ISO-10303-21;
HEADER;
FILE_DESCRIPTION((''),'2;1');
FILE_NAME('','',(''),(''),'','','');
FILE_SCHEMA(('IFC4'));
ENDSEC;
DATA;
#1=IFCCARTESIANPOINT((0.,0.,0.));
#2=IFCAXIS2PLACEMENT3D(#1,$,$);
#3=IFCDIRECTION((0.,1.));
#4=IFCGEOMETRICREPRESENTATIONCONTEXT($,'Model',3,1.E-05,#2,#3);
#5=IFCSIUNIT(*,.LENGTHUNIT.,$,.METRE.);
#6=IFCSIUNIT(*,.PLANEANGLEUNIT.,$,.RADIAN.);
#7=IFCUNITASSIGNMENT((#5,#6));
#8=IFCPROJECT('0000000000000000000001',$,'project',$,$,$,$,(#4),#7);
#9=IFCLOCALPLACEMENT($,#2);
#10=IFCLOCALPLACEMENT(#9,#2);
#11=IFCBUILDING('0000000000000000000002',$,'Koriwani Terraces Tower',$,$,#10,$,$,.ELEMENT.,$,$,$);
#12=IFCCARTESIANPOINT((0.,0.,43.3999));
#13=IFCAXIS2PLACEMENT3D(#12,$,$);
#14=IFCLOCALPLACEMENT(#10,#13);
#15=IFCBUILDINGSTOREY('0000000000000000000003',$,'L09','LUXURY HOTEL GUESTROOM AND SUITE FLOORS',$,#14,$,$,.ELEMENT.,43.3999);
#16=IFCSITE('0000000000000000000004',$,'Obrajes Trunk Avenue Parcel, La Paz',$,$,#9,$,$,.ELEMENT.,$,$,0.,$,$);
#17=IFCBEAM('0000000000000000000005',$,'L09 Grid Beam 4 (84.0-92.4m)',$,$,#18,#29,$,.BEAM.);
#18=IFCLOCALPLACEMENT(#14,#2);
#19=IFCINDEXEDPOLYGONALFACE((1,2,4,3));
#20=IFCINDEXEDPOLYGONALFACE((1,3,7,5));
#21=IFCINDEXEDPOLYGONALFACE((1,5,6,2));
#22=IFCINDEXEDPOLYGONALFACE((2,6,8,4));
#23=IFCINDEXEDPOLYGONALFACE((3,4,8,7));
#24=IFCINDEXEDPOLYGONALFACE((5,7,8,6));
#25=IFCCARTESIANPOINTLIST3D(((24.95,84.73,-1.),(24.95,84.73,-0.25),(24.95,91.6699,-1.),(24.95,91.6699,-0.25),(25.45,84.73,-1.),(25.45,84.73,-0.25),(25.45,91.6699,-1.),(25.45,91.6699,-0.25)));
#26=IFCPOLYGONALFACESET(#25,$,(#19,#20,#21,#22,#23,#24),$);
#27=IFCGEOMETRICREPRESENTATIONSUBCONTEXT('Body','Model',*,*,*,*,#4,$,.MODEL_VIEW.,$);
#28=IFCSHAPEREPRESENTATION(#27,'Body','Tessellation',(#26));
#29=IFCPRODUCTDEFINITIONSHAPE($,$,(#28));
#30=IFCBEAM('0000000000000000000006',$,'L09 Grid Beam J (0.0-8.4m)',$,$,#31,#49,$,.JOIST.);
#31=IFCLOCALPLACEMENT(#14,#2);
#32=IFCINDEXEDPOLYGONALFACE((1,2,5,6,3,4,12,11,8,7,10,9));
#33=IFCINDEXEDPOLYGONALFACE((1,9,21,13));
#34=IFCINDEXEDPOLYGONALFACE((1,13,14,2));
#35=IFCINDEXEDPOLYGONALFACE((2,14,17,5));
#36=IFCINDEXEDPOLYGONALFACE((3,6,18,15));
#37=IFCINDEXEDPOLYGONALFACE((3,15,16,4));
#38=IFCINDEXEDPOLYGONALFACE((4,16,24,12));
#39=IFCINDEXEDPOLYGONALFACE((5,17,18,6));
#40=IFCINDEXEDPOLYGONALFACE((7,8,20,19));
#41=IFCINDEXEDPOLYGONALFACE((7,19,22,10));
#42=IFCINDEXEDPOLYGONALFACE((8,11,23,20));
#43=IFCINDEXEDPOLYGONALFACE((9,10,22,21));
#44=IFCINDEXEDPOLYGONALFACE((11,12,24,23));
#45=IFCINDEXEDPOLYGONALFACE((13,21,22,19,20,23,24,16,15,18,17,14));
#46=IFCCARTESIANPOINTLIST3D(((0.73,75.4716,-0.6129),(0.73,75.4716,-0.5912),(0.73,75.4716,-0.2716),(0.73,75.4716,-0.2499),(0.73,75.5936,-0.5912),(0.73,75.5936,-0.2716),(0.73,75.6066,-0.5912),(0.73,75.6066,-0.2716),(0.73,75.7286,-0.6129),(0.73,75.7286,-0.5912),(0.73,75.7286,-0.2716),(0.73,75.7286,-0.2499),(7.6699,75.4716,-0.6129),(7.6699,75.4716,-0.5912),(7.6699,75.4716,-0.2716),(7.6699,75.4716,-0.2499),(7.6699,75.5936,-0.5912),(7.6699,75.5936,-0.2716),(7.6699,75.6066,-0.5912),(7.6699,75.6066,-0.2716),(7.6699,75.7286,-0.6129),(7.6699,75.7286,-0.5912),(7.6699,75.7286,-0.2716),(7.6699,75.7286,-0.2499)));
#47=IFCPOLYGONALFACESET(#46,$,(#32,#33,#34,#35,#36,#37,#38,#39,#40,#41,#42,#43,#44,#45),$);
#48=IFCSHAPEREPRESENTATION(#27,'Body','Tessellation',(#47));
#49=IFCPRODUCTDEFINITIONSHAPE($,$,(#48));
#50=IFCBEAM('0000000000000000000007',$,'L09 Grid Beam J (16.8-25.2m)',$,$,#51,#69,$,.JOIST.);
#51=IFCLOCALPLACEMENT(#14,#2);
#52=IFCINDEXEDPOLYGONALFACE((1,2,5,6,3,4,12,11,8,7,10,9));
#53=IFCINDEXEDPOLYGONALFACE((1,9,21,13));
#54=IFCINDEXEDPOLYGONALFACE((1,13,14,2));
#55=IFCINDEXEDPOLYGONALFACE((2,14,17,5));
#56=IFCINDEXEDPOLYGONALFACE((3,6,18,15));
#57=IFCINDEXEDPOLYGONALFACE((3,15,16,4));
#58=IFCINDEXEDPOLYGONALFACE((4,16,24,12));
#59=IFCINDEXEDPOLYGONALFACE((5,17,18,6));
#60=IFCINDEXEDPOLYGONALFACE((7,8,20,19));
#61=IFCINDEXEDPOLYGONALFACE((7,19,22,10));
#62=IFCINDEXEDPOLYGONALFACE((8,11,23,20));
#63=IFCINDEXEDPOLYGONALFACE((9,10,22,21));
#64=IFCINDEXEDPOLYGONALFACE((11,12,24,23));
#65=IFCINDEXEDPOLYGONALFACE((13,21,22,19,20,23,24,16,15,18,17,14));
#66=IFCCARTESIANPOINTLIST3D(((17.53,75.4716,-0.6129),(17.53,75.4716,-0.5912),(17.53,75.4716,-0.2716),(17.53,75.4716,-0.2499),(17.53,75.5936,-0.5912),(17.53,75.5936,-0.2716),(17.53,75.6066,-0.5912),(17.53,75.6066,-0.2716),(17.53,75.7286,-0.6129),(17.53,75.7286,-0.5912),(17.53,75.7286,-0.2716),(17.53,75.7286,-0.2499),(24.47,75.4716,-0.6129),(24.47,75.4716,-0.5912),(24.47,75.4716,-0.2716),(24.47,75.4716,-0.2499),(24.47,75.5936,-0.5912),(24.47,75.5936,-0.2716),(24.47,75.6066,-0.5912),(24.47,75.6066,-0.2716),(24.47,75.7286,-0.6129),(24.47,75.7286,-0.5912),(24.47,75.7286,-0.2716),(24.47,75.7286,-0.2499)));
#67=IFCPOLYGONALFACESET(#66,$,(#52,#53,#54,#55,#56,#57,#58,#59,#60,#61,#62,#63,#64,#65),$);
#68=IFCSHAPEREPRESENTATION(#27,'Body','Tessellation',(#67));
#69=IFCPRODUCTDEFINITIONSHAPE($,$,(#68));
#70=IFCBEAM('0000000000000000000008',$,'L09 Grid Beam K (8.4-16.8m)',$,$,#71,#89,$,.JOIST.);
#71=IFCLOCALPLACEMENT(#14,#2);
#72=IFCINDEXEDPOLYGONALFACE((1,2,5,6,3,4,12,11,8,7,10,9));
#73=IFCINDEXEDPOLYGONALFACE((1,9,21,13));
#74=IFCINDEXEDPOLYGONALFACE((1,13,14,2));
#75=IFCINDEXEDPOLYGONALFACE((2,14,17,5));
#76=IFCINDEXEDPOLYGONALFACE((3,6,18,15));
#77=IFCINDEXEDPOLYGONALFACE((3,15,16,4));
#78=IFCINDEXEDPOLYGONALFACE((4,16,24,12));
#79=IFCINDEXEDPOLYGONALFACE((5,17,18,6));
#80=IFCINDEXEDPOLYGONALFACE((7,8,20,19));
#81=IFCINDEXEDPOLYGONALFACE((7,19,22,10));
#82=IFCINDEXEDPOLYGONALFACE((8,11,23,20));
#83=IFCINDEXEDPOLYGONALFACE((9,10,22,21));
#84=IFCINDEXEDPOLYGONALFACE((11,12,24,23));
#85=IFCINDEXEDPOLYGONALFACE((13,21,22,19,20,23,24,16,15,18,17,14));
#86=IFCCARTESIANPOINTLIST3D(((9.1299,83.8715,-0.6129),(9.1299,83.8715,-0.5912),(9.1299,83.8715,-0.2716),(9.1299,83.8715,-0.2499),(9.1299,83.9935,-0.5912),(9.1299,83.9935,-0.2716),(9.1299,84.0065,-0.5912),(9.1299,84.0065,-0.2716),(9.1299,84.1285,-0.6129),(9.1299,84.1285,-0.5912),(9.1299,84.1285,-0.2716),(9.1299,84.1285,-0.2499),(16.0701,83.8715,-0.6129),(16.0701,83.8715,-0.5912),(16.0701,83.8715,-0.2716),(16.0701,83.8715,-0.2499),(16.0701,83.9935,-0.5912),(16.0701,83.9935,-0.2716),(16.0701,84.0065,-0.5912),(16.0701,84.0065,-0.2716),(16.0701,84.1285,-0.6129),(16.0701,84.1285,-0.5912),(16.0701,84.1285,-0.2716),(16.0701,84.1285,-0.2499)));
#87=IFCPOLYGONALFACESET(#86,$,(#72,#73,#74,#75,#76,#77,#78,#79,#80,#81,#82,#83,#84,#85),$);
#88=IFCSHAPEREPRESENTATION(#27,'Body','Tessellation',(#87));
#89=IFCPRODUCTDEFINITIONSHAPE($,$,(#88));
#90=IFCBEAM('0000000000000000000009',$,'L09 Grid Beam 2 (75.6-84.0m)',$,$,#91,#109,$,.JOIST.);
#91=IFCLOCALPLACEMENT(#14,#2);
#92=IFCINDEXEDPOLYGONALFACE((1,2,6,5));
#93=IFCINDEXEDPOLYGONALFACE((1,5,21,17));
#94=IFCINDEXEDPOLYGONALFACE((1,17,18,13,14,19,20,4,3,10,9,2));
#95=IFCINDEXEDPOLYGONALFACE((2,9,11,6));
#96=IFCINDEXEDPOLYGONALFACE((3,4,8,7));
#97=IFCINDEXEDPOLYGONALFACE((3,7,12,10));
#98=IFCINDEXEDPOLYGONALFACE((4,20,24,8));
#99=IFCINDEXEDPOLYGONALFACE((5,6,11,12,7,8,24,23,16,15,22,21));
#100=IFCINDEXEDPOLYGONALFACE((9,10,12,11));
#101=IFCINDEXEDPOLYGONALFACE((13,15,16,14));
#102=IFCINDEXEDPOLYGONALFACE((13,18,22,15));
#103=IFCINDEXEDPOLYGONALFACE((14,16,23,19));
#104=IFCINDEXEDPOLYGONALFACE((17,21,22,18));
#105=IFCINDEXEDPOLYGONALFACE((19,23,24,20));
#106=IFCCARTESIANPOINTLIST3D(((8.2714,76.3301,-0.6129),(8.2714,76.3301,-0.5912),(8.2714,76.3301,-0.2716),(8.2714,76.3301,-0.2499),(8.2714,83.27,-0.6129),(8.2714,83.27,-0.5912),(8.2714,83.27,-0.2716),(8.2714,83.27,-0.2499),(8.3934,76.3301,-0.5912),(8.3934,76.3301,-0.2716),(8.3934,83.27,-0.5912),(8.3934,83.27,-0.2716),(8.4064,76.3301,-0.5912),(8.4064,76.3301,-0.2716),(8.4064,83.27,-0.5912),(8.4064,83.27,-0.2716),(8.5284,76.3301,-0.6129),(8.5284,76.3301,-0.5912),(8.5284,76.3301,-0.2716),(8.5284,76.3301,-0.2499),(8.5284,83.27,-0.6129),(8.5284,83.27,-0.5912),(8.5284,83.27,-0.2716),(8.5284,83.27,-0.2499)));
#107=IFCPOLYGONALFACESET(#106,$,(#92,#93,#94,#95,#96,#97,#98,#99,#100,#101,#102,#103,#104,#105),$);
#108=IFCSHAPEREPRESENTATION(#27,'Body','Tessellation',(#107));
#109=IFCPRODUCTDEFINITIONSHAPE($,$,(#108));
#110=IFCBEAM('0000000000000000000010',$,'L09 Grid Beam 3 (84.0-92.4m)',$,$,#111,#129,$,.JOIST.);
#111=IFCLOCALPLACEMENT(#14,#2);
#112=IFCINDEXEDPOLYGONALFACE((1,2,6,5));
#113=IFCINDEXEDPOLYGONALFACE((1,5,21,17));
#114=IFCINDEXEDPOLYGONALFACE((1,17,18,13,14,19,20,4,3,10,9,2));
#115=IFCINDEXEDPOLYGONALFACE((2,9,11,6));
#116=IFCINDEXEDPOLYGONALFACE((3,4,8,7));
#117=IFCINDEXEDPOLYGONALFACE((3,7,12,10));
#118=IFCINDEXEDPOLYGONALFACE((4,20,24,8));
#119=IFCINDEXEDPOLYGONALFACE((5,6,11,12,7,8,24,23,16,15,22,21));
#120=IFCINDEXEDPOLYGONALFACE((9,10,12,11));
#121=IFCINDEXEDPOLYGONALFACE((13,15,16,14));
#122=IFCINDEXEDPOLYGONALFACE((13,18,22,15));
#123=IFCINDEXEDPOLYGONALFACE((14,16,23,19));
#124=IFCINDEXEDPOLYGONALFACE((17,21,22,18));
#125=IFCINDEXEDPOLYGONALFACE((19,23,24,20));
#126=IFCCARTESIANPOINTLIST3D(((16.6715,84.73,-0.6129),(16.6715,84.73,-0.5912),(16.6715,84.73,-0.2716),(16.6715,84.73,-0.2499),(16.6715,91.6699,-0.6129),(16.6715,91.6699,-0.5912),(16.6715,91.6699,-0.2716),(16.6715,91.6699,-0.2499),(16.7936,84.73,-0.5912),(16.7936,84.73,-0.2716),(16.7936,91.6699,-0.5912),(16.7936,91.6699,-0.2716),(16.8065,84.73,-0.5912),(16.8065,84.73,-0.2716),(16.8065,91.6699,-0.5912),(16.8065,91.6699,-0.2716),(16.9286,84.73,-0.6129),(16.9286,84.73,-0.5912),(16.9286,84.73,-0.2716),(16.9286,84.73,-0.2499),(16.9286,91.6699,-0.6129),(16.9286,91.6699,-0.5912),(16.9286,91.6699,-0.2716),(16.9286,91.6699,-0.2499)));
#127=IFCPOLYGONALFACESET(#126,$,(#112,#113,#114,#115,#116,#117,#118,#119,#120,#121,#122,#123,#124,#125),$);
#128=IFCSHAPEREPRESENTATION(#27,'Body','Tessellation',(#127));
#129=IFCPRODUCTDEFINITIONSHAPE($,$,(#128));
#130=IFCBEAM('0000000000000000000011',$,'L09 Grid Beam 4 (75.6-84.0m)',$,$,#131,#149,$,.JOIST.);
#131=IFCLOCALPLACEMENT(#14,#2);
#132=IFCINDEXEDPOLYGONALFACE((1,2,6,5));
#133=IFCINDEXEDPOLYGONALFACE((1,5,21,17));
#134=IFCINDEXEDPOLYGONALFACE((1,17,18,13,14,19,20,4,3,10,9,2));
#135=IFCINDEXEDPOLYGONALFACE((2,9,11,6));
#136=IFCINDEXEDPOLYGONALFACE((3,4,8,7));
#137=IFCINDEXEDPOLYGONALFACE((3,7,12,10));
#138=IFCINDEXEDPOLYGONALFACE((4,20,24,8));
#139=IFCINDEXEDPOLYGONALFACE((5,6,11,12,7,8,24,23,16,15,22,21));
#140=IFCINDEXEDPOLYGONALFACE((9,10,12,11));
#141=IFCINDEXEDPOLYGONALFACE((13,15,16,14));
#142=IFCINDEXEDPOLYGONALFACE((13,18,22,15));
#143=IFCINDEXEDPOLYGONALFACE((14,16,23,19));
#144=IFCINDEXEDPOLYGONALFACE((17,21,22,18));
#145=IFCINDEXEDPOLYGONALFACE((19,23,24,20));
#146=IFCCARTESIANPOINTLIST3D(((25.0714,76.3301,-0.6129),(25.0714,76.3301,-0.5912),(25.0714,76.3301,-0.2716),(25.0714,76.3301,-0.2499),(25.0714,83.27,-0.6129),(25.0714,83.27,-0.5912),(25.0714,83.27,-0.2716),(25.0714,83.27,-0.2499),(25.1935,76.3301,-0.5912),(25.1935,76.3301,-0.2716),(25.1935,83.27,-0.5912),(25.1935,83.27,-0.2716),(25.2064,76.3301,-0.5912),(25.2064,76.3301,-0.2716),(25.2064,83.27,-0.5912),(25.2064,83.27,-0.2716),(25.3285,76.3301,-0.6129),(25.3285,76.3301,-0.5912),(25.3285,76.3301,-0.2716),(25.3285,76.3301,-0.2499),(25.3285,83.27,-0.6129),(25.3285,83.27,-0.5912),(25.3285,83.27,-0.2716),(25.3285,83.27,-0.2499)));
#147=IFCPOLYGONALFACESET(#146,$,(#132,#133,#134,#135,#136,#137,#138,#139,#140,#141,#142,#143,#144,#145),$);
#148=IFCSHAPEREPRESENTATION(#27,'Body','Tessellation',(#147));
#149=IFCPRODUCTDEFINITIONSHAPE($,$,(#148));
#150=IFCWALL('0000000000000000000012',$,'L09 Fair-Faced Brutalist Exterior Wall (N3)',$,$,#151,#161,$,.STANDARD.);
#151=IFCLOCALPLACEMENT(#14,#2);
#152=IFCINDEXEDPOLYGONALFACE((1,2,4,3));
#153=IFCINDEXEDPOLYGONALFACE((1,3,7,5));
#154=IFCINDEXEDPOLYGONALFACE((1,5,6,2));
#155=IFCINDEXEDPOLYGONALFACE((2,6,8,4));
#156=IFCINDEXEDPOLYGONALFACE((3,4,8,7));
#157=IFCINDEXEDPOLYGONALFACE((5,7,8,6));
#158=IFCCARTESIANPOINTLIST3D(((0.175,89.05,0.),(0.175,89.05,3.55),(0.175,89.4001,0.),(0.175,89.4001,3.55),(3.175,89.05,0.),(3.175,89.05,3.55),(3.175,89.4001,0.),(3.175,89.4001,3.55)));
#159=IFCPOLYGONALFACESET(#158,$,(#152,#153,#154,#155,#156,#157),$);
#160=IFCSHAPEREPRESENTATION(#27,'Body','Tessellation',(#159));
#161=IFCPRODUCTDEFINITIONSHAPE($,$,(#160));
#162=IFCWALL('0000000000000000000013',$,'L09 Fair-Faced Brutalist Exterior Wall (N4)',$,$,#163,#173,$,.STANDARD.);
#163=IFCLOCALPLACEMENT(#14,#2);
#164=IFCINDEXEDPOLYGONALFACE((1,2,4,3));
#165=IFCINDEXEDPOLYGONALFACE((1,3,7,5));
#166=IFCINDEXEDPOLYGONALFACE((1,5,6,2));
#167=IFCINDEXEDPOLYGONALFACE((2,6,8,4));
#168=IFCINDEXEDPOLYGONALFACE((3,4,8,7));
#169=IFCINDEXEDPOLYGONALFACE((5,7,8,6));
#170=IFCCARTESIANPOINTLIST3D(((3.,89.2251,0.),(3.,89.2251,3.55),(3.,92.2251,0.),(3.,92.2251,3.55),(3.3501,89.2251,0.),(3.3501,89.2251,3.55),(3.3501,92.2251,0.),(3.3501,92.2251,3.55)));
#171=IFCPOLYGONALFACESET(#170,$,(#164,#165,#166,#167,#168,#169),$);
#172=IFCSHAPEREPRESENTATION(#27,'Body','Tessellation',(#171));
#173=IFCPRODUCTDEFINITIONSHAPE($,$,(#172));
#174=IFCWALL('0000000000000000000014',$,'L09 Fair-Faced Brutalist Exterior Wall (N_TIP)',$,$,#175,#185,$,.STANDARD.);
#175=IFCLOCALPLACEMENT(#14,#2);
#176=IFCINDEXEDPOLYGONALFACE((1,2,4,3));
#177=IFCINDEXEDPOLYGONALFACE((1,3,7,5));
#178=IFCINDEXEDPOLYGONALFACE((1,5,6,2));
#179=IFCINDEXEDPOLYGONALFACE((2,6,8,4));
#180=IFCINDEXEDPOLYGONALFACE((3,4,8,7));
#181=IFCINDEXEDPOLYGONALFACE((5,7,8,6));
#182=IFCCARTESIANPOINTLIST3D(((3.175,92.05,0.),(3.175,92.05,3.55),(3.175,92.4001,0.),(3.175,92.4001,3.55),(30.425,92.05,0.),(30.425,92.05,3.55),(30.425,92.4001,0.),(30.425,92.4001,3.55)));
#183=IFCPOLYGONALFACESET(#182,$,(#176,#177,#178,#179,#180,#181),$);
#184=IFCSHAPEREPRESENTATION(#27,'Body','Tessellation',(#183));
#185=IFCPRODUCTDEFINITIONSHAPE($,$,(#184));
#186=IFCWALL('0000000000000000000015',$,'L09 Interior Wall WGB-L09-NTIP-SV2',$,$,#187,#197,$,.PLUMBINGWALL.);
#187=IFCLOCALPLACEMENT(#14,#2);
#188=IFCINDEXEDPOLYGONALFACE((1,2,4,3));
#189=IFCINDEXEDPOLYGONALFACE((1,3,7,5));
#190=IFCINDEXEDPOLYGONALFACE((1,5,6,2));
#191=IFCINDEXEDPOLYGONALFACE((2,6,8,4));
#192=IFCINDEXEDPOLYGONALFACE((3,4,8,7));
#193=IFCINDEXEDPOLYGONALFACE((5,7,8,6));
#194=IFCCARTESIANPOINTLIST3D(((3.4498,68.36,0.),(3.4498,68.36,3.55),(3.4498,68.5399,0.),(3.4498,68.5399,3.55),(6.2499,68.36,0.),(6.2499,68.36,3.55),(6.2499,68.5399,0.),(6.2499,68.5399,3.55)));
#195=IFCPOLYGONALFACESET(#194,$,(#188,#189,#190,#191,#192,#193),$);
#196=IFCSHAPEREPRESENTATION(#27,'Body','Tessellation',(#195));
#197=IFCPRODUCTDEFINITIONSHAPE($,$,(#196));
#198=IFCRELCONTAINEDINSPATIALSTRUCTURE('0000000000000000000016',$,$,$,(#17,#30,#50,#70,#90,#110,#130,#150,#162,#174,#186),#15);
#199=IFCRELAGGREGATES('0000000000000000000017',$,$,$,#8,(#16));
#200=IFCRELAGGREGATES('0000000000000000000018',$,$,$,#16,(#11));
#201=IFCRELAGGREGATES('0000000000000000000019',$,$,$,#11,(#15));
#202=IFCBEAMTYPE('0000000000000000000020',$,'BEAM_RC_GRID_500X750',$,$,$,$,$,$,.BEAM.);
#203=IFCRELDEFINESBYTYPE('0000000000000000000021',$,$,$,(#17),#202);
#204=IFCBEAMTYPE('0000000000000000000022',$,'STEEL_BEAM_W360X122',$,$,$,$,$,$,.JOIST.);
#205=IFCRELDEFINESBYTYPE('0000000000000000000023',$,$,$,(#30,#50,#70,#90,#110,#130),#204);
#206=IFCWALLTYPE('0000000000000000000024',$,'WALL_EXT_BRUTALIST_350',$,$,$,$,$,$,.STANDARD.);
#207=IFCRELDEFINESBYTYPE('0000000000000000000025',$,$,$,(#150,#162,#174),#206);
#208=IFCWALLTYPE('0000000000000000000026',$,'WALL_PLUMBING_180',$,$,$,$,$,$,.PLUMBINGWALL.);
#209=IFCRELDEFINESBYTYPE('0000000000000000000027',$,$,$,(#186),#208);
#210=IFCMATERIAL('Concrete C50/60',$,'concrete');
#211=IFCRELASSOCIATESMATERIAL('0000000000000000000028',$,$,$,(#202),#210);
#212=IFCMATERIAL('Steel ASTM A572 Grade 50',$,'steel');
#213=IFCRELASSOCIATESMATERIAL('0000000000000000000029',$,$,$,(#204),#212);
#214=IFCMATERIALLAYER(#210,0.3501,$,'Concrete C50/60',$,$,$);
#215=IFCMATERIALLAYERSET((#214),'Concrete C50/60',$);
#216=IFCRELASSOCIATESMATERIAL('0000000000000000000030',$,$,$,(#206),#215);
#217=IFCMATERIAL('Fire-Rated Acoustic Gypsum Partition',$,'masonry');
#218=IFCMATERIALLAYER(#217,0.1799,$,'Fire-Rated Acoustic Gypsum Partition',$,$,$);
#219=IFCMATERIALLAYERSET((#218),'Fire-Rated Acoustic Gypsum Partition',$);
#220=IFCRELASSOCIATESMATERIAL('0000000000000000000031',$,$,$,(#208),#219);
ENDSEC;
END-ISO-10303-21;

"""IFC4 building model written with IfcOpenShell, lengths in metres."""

from ifc_helpers import new_model, si_unit, direction, frame, frame_2d, origin, origin_2d, place, context, subcontext, project, spatial, rectangle, i_section, extrude, material, layer, layer_set, material_profile, profile_set, type_object, element, save


model = new_model("IFC4")

# Units and contexts
model_context = context("Model", 3, precision=1e-05, world=origin(), true_north=direction((0.0, 1.0)))
body_context = subcontext(model_context, "Body", "Model", "MODEL_VIEW")
ifc_project = project(units=[si_unit("LENGTHUNIT", "METRE"), si_unit("PLANEANGLEUNIT", "RADIAN")], contexts=[model_context])

# Site, building, storey
site_placement = place(None, origin())
site = spatial("IfcSite", under=ifc_project, at=site_placement, Name="Obrajes Trunk Avenue Parcel, La Paz", CompositionType="ELEMENT", RefElevation=0.0)
building_placement = place(site_placement, origin())
building = spatial("IfcBuilding", under=site, at=building_placement, Name="Koriwani Terraces Tower", CompositionType="ELEMENT")
storey_placement = place(building_placement, frame((0.0, 0.0, 43.3999)))
storey = spatial("IfcBuildingStorey", under=building, at=storey_placement, Name="L09", Description="LUXURY HOTEL GUESTROOM AND SUITE FLOORS", CompositionType="ELEMENT", Elevation=43.3999)

# Beams
ifc_material_1 = material(Name="Concrete C50/60", Category="concrete")
ifc_material_profile_1 = material_profile(ifc_material_1, rectangle(XDim=0.5, YDim=0.75, at=origin_2d()), Name="Concrete C50/60", Category="LoadBearing")
ifc_profile_set_1 = profile_set([ifc_material_profile_1], Name="Concrete C50/60")
beam_type_1 = type_object("IfcBeamType", Name="BEAM_RC_GRID_500X750", PredefinedType="BEAM", material=ifc_profile_set_1)
for number, where, z_axis, x_axis, name in (
    (1, (25.2, 84.73, -0.625), (0.0, 1.0, 0.0), (-1.0, 0.0, 0.0), "L09 Grid Beam 4 (84.0-92.4m)"),
):
    element("IfcBeam", number, at=place(storey_placement, frame(where, z_axis=z_axis, x_axis=x_axis)), inside=storey, type_object=beam_type_1, Name=name, PredefinedType="BEAM", context=body_context, shape_type="SweptSolid", body=[
        extrude(rectangle(XDim=0.5, YDim=0.75, at=origin_2d()), origin(), (0.0, 0.0, 1.0), 6.9399),
    ])
ifc_material_2 = material(Name="Steel ASTM A572 Grade 50", Category="steel")
ifc_material_profile_2 = material_profile(ifc_material_2, i_section(OverallWidth=0.2571, OverallDepth=0.363, WebThickness=0.0129, FlangeThickness=0.0217, at=origin_2d()), Name="Steel ASTM A572 Grade 50", Category="LoadBearing")
ifc_profile_set_2 = profile_set([ifc_material_profile_2], Name="Steel ASTM A572 Grade 50")
beam_type_2 = type_object("IfcBeamType", Name="STEEL_BEAM_W360X122", PredefinedType="JOIST", material=ifc_profile_set_2)
for number, where, z_axis, x_axis, name in (
    (2, (0.73, 75.6001, -0.4314), (1.0, 0.0, 0.0), (0.0, 1.0, 0.0), "L09 Grid Beam J (0.0-8.4m)"),
    (3, (17.53, 75.6001, -0.4314), (1.0, 0.0, 0.0), (0.0, 1.0, 0.0), "L09 Grid Beam J (16.8-25.2m)"),
):
    element("IfcBeam", number, at=place(storey_placement, frame(where, z_axis=z_axis, x_axis=x_axis)), inside=storey, type_object=beam_type_2, Name=name, PredefinedType="JOIST", context=body_context, shape_type="SweptSolid", body=[
        extrude(i_section(OverallWidth=0.2571, OverallDepth=0.363, WebThickness=0.0129, FlangeThickness=0.0217, at=origin_2d()), origin(), (0.0, 0.0, 1.0), 6.9399),
    ])
beam_1_placement = place(storey_placement, frame((9.1299, 84.0, -0.4314), z_axis=(1.0, 0.0, 0.0), x_axis=(0.0, 1.0, 0.0)))
element("IfcBeam", 4, at=beam_1_placement, inside=storey, type_object=beam_type_2, Name="L09 Grid Beam K (8.4-16.8m)", PredefinedType="JOIST", context=body_context, shape_type="SweptSolid", body=[
    extrude(i_section(OverallWidth=0.2571, OverallDepth=0.363, WebThickness=0.0129, FlangeThickness=0.0217, at=origin_2d()), origin(), (0.0, 0.0, 1.0), 6.9402),
])
for number, where, z_axis, x_axis, name in (
    (5, (8.3999, 76.3301, -0.4314), (0.0, 1.0, 0.0), (-1.0, 0.0, 0.0), "L09 Grid Beam 2 (75.6-84.0m)"),
    (6, (16.8, 84.73, -0.4314), (0.0, 1.0, 0.0), (-1.0, 0.0, 0.0), "L09 Grid Beam 3 (84.0-92.4m)"),
    (7, (25.2, 76.3301, -0.4314), (0.0, 1.0, 0.0), (-1.0, 0.0, 0.0), "L09 Grid Beam 4 (75.6-84.0m)"),
):
    element("IfcBeam", number, at=place(storey_placement, frame(where, z_axis=z_axis, x_axis=x_axis)), inside=storey, type_object=beam_type_2, Name=name, PredefinedType="JOIST", context=body_context, shape_type="SweptSolid", body=[
        extrude(i_section(OverallWidth=0.2571, OverallDepth=0.363, WebThickness=0.0129, FlangeThickness=0.0217, at=origin_2d()), origin(), (0.0, 0.0, 1.0), 6.9399),
    ])

# Walls
ifc_layer_1 = layer(ifc_material_1, 0.3501, Name="Concrete C50/60")
ifc_layer_set_1 = layer_set([ifc_layer_1], Name="Concrete C50/60")
wall_type_1 = type_object("IfcWallType", Name="WALL_EXT_BRUTALIST_350", PredefinedType="STANDARD", material=ifc_layer_set_1)
for number, where, z_axis, x_axis, name in (
    (8, (0.175, 89.2251, 0.0), (0.0, 0.0, 1.0), (1.0, 0.0, 0.0), "L09 Fair-Faced Brutalist Exterior Wall (N3)"),
    (9, (3.175, 89.2251, 0.0), (0.0, 0.0, 1.0), (0.0, 1.0, 0.0), "L09 Fair-Faced Brutalist Exterior Wall (N4)"),
):
    element("IfcWall", number, at=place(storey_placement, frame(where, z_axis=z_axis, x_axis=x_axis)), inside=storey, type_object=wall_type_1, Name=name, PredefinedType="STANDARD", context=body_context, shape_type="SweptSolid", body=[
        extrude(rectangle(XDim=3.0, YDim=0.3501, at=frame_2d((1.5, 0.0))), origin(), (0.0, 0.0, 1.0), 3.55),
    ])
wall_1_placement = place(storey_placement, frame((3.175, 92.2251, 0.0), z_axis=(0.0, 0.0, 1.0), x_axis=(1.0, 0.0, 0.0)))
element("IfcWall", 10, at=wall_1_placement, inside=storey, type_object=wall_type_1, Name="L09 Fair-Faced Brutalist Exterior Wall (N_TIP)", PredefinedType="STANDARD", context=body_context, shape_type="SweptSolid", body=[
    extrude(rectangle(XDim=27.25, YDim=0.3501, at=frame_2d((13.625, 0.0))), origin(), (0.0, 0.0, 1.0), 3.55),
])
ifc_material_3 = material(Name="Fire-Rated Acoustic Gypsum Partition", Category="masonry")
ifc_layer_2 = layer(ifc_material_3, 0.1799, Name="Fire-Rated Acoustic Gypsum Partition")
ifc_layer_set_2 = layer_set([ifc_layer_2], Name="Fire-Rated Acoustic Gypsum Partition")
wall_type_2 = type_object("IfcWallType", Name="WALL_PLUMBING_180", PredefinedType="PLUMBINGWALL", material=ifc_layer_set_2)
wall_2_placement = place(storey_placement, frame((3.45, 68.45, 0.0), z_axis=(0.0, 0.0, 1.0), x_axis=(1.0, 0.0, 0.0)))
element("IfcWall", 11, at=wall_2_placement, inside=storey, type_object=wall_type_2, Name="L09 Interior Wall WGB-L09-NTIP-SV2", PredefinedType="PLUMBINGWALL", context=body_context, shape_type="SweptSolid", body=[
    extrude(rectangle(XDim=2.8, YDim=0.1799, at=frame_2d((1.3999, 0.0))), origin(), (0.0, 0.0, 1.0), 3.55),
])

save(model, "model.ifc")
